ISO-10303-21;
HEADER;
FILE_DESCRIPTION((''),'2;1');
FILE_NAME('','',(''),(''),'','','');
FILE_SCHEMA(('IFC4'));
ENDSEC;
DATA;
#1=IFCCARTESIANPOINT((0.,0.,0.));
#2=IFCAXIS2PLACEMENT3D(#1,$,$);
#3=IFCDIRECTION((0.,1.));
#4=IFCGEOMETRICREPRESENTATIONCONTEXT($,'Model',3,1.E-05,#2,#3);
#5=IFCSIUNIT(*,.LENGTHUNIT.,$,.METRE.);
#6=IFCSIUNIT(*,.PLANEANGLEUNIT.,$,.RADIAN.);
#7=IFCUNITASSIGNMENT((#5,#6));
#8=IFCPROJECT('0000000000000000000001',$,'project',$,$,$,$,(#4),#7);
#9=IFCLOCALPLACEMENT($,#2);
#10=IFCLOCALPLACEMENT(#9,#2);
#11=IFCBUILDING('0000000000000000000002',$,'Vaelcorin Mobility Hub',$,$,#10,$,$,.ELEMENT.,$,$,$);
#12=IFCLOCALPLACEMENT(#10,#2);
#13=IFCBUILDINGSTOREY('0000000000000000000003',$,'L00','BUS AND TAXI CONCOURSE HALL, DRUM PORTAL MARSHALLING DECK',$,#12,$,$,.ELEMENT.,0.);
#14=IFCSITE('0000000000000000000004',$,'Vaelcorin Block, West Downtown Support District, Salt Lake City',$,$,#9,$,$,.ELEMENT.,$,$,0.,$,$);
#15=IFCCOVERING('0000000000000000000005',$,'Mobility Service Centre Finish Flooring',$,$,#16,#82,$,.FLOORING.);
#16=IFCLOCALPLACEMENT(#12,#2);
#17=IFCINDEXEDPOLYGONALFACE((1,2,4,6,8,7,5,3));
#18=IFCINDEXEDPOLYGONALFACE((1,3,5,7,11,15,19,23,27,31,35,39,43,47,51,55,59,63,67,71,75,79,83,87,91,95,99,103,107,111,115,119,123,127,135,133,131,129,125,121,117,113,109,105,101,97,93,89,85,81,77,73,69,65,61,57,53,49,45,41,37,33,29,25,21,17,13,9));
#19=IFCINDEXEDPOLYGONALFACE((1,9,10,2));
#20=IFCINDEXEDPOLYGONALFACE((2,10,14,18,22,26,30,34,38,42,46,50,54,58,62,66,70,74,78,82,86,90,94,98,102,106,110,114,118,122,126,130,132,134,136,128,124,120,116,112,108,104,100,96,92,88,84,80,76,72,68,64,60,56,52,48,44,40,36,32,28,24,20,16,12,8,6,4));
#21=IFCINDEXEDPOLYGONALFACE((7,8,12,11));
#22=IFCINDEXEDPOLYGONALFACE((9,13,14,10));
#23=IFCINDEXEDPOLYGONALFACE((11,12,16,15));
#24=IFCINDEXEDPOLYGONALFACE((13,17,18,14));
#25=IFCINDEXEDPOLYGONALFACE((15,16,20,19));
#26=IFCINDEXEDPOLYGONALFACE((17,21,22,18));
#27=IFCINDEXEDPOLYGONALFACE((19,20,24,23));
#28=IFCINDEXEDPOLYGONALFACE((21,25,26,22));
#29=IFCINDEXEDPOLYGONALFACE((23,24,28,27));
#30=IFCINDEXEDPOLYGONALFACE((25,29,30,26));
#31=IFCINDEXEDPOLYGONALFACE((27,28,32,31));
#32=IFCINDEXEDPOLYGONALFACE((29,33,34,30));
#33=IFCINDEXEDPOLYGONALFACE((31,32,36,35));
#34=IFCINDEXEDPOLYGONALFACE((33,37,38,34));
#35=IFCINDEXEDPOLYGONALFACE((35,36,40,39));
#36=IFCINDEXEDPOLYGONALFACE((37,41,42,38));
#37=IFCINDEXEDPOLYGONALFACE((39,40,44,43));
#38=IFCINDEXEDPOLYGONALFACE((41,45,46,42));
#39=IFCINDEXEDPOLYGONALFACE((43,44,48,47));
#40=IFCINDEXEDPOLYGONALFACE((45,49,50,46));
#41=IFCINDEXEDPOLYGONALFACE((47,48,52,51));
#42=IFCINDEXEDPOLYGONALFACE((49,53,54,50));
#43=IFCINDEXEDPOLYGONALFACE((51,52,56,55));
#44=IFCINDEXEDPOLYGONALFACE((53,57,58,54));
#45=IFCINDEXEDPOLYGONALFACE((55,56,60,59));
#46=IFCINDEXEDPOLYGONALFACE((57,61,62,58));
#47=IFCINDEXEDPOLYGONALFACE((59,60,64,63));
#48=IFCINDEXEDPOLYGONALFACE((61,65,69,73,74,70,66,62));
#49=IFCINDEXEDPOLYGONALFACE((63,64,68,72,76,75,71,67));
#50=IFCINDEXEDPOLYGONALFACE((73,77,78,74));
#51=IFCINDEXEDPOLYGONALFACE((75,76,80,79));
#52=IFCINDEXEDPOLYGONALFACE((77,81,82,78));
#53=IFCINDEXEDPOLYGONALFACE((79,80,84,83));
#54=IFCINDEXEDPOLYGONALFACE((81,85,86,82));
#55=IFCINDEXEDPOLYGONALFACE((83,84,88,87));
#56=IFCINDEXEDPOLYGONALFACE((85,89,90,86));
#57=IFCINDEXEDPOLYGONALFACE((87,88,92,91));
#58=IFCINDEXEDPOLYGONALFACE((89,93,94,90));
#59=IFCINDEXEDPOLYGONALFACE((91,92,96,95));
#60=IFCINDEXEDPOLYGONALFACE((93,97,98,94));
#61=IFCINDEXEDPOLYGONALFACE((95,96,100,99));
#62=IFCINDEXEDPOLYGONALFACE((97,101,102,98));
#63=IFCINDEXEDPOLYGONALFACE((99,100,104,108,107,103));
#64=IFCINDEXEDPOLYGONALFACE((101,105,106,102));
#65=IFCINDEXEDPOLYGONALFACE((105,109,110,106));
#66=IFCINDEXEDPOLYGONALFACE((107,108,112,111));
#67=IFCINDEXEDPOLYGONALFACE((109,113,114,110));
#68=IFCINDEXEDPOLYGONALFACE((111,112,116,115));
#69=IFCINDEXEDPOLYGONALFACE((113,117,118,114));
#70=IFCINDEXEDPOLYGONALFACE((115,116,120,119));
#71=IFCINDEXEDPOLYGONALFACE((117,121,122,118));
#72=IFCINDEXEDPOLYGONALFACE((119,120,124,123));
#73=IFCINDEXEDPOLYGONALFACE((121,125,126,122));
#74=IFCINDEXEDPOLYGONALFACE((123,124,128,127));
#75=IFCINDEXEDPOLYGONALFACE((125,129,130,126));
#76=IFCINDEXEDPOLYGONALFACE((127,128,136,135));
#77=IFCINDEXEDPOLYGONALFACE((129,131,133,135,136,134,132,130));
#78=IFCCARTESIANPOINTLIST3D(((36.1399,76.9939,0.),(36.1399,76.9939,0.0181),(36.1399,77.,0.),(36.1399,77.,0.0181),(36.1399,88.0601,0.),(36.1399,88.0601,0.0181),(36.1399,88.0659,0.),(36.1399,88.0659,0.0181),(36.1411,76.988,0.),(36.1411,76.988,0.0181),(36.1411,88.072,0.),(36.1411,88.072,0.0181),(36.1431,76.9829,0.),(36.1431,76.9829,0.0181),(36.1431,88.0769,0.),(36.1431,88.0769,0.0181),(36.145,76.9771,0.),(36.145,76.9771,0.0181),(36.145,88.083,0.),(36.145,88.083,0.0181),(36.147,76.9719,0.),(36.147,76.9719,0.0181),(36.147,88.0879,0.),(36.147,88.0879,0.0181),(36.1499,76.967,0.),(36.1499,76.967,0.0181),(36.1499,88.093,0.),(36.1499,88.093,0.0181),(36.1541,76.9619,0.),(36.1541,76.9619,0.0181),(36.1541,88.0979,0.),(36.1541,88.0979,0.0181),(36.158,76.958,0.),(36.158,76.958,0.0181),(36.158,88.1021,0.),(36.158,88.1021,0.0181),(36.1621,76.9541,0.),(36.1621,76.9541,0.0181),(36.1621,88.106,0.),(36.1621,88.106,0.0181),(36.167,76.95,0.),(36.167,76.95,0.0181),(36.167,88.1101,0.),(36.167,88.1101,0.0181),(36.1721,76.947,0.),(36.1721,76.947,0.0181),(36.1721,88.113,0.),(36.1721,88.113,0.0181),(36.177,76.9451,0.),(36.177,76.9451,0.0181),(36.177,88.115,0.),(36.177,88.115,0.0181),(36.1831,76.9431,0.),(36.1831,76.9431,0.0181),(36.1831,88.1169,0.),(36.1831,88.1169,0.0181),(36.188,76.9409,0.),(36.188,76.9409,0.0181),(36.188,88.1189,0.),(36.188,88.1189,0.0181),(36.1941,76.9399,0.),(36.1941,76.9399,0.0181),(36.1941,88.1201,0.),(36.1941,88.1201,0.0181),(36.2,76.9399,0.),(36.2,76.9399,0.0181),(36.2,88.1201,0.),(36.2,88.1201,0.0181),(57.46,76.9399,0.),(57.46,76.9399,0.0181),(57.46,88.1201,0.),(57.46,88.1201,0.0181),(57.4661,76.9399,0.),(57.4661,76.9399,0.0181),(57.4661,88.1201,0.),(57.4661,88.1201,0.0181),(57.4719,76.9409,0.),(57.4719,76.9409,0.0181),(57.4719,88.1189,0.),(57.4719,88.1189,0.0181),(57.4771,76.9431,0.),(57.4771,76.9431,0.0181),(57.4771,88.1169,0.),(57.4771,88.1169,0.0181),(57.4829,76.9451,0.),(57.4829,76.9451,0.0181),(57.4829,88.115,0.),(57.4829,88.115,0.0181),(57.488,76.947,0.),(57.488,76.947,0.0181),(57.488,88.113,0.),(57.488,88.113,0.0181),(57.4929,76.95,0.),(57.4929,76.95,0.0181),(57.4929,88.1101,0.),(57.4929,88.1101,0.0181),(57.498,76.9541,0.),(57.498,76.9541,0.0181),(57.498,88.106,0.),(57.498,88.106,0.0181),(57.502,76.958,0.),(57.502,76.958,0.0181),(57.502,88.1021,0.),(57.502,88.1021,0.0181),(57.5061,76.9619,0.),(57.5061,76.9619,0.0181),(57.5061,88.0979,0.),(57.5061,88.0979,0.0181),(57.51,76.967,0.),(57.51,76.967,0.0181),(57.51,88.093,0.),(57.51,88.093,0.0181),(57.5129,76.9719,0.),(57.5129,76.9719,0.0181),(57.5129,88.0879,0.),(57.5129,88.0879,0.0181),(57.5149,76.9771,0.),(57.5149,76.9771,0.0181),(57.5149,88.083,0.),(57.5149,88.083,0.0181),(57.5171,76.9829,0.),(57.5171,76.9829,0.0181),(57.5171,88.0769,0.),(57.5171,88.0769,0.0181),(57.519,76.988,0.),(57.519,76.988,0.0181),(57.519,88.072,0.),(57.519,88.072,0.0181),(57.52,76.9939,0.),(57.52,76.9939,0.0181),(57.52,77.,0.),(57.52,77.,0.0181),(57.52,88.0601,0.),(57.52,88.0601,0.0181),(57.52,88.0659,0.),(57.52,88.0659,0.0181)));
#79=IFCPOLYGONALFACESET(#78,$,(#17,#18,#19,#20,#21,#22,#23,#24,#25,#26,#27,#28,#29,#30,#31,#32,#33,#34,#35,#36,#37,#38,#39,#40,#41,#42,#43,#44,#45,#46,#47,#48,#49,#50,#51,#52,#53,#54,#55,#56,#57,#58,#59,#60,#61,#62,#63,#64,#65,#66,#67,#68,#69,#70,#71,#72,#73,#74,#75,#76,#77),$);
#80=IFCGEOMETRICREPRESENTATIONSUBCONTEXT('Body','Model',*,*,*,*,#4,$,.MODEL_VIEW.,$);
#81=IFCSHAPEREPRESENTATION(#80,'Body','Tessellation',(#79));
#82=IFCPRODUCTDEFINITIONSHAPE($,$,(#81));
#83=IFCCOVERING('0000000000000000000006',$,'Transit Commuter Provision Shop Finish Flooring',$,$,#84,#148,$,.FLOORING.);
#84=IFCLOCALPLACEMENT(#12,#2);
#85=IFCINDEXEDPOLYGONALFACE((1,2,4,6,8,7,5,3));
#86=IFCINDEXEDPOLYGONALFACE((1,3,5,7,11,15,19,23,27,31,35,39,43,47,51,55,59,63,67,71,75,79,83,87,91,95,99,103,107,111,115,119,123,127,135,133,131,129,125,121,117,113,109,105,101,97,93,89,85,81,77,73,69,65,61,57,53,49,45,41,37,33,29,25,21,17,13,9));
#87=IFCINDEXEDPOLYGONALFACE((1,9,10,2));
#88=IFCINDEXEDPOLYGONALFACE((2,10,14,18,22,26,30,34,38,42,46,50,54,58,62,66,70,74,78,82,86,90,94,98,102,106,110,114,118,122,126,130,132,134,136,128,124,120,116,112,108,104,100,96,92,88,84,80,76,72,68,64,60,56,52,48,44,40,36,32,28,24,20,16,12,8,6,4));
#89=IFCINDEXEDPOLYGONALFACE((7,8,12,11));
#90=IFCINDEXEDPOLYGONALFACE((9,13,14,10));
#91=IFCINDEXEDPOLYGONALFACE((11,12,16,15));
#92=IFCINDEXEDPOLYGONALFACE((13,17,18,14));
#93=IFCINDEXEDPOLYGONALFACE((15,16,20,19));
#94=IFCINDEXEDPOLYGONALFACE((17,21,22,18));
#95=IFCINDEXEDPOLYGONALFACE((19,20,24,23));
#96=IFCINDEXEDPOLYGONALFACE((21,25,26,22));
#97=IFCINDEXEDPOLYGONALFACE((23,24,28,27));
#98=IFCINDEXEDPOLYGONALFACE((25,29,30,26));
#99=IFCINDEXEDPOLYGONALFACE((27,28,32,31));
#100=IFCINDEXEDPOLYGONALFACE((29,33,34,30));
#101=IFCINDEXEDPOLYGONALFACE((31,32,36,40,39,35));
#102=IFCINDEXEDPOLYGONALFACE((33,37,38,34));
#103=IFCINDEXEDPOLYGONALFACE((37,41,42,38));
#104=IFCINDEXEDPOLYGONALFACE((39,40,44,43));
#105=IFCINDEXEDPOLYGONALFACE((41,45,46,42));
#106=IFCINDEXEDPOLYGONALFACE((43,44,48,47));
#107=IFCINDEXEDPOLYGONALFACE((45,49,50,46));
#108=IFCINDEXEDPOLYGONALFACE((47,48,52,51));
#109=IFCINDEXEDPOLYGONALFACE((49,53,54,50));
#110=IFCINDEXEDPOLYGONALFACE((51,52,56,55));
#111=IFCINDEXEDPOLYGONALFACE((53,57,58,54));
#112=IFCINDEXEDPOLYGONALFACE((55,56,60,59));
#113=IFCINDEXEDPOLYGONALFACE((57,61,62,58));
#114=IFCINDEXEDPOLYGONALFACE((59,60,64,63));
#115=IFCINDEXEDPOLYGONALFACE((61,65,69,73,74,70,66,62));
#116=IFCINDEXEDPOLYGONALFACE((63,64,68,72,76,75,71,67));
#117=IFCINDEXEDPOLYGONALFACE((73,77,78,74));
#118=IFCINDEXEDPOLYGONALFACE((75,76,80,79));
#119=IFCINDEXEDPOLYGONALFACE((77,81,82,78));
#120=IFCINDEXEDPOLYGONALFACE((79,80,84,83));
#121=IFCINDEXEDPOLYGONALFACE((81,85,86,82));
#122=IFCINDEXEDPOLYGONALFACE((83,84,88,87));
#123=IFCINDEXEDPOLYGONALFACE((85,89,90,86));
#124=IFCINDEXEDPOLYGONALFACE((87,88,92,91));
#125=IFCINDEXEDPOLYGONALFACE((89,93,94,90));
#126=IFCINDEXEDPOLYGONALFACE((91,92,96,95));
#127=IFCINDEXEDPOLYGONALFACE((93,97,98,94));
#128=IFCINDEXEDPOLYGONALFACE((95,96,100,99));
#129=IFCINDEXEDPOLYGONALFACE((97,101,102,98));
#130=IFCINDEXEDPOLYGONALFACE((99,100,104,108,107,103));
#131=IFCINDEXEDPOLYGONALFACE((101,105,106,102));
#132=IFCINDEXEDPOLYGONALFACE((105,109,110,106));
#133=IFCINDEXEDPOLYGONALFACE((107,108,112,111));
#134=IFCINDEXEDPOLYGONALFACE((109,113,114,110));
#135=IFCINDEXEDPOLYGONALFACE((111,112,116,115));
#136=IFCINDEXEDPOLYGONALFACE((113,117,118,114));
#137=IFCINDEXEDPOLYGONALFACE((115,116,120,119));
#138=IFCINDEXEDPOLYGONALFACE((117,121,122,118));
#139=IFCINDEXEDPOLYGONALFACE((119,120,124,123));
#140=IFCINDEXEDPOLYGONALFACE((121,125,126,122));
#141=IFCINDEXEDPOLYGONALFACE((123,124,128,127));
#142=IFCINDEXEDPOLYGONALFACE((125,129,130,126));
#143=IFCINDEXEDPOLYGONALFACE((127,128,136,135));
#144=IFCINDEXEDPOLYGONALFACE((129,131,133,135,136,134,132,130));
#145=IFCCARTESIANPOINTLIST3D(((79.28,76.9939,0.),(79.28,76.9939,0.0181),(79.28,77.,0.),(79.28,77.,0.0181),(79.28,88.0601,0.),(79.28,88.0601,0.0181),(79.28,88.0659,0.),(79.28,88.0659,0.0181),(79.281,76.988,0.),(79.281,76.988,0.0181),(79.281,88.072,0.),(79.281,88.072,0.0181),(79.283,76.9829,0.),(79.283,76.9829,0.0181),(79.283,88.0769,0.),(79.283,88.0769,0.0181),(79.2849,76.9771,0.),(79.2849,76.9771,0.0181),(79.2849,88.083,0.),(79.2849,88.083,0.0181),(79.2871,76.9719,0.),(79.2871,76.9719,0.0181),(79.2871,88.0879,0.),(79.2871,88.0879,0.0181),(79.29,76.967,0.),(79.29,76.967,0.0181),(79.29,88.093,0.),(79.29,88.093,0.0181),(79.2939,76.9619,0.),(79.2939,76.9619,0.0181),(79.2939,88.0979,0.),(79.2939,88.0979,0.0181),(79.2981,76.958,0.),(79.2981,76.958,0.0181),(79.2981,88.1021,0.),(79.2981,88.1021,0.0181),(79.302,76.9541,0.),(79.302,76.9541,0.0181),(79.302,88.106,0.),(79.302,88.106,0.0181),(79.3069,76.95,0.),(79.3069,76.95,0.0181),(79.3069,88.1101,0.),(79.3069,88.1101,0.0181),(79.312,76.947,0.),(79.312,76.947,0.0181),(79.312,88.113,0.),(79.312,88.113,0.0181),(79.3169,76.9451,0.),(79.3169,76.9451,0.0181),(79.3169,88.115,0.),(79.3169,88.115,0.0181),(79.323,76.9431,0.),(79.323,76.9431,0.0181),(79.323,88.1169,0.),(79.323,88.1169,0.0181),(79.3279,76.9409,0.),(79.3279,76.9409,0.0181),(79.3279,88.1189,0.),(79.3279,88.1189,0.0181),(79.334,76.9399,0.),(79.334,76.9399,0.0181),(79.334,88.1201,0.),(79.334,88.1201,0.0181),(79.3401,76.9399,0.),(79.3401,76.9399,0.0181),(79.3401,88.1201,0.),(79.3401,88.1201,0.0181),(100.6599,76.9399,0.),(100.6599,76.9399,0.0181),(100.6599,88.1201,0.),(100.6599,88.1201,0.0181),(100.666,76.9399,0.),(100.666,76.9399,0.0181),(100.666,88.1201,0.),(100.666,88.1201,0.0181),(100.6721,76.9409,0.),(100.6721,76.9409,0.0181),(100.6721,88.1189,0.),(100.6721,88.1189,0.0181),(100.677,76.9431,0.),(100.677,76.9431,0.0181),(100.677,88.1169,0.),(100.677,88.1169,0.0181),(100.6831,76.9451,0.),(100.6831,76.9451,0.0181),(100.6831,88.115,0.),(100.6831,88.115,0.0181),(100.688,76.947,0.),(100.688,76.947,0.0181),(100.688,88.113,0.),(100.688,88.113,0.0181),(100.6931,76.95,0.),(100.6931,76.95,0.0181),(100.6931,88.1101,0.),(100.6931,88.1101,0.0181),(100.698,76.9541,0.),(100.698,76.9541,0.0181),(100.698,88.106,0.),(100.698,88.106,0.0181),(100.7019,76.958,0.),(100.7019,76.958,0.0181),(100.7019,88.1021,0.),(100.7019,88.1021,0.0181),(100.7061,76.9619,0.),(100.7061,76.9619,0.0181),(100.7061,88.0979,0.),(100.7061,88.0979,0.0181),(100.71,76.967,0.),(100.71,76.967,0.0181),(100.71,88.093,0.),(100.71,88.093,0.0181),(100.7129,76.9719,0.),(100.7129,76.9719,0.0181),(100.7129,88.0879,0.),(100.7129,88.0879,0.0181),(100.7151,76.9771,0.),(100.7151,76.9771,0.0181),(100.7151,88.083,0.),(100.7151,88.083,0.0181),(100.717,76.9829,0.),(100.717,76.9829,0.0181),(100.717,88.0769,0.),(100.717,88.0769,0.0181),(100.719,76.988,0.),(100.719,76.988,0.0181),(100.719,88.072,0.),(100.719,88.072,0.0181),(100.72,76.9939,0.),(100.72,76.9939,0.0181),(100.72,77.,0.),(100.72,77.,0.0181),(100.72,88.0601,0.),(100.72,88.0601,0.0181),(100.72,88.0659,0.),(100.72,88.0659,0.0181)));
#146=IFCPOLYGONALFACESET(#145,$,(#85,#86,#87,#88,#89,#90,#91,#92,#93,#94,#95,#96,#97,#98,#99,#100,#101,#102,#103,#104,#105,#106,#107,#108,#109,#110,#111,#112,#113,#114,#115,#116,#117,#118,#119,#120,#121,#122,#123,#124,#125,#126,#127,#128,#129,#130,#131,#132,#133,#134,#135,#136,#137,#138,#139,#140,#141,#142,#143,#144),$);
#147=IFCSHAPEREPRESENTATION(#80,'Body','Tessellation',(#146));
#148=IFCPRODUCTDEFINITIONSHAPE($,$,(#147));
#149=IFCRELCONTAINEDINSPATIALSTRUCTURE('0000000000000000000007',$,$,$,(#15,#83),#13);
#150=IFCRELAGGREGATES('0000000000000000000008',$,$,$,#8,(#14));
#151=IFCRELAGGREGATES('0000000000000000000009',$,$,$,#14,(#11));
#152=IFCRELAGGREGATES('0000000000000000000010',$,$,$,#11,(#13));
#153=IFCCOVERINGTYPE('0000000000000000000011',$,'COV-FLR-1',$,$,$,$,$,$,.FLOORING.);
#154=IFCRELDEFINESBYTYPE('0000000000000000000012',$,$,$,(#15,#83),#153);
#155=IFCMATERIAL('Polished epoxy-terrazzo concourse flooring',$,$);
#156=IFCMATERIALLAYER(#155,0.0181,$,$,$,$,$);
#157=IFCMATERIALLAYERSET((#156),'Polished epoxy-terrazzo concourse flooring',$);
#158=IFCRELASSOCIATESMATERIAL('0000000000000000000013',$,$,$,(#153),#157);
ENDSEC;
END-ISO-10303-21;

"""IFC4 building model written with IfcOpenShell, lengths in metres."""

from ifc_helpers import new_model, si_unit, direction, origin, place, context, subcontext, project, spatial, polyline, outline, extrude, material, layer, layer_set, type_object, element, save


model = new_model("IFC4")

# Units and contexts
model_context = context("Model", 3, precision=1e-05, world=origin(), true_north=direction((0.0, 1.0)))
body_context = subcontext(model_context, "Body", "Model", "MODEL_VIEW")
ifc_project = project(units=[si_unit("LENGTHUNIT", "METRE"), si_unit("PLANEANGLEUNIT", "RADIAN")], contexts=[model_context])

# Site, building, storey
site_placement = place(None, origin())
site = spatial("IfcSite", under=ifc_project, at=site_placement, Name="Vaelcorin Block, West Downtown Support District, Salt Lake City", CompositionType="ELEMENT", RefElevation=0.0)
building_placement = place(site_placement, origin())
building = spatial("IfcBuilding", under=site, at=building_placement, Name="Vaelcorin Mobility Hub", CompositionType="ELEMENT")
storey_placement = place(building_placement, origin())
storey = spatial("IfcBuildingStorey", under=building, at=storey_placement, Name="L00", Description="BUS AND TAXI CONCOURSE HALL, DRUM PORTAL MARSHALLING DECK", CompositionType="ELEMENT", Elevation=0.0)

# Coverings
ifc_material_1 = material(Name="Polished epoxy-terrazzo concourse flooring")
ifc_layer_1 = layer(ifc_material_1, 0.0181)
ifc_layer_set_1 = layer_set([ifc_layer_1], Name="Polished epoxy-terrazzo concourse flooring")
covering_type_1 = type_object("IfcCoveringType", Name="COV-FLR-1", PredefinedType="FLOORING", material=ifc_layer_set_1)
covering_1_placement = place(storey_placement, origin())
element("IfcCovering", 1, at=covering_1_placement, inside=storey, type_object=covering_type_1, Name="Mobility Service Centre Finish Flooring", PredefinedType="FLOORING", context=body_context, shape_type="SweptSolid", body=[
    extrude(outline(polyline([(36.2, 76.9399), (36.1941, 76.9399), (36.188, 76.9409), (36.1831, 76.9431), (36.177, 76.9451), (36.1721, 76.947), (36.167, 76.95), (36.1621, 76.9541), (36.158, 76.958), (36.1541, 76.9619), (36.1499, 76.967), (36.147, 76.9719), (36.145, 76.9771), (36.1431, 76.9829), (36.1411, 76.988), (36.1399, 76.9939), (36.1399, 77.0), (36.1399, 88.0601), (36.1399, 88.0659), (36.1411, 88.072), (36.1431, 88.0769), (36.145, 88.083), (36.147, 88.0879), (36.1499, 88.093), (36.1541, 88.0979), (36.158, 88.1021), (36.1621, 88.106), (36.167, 88.1101), (36.1721, 88.113), (36.177, 88.115), (36.1831, 88.1169), (36.188, 88.1189), (36.1941, 88.1201), (36.2, 88.1201), (57.46, 88.1201), (57.4661, 88.1201), (57.4719, 88.1189), (57.4771, 88.1169), (57.4829, 88.115), (57.488, 88.113), (57.4929, 88.1101), (57.498, 88.106), (57.502, 88.1021), (57.5061, 88.0979), (57.51, 88.093), (57.5129, 88.0879), (57.5149, 88.083), (57.5171, 88.0769), (57.519, 88.072), (57.52, 88.0659), (57.52, 88.0601), (57.52, 77.0), (57.52, 76.9939), (57.519, 76.988), (57.5171, 76.9829), (57.5149, 76.9771), (57.5129, 76.9719), (57.51, 76.967), (57.5061, 76.9619), (57.502, 76.958), (57.498, 76.9541), (57.4929, 76.95), (57.488, 76.947), (57.4829, 76.9451), (57.4771, 76.9431), (57.4719, 76.9409), (57.4661, 76.9399), (57.46, 76.9399), (36.2, 76.9399)])), origin(), (0.0, 0.0, 1.0), 0.0181),
])
covering_2_placement = place(storey_placement, origin())
element("IfcCovering", 2, at=covering_2_placement, inside=storey, type_object=covering_type_1, Name="Transit Commuter Provision Shop Finish Flooring", PredefinedType="FLOORING", context=body_context, shape_type="SweptSolid", body=[
    extrude(outline(polyline([(79.3401, 76.9399), (79.334, 76.9399), (79.3279, 76.9409), (79.323, 76.9431), (79.3169, 76.9451), (79.312, 76.947), (79.3069, 76.95), (79.302, 76.9541), (79.2981, 76.958), (79.2939, 76.9619), (79.29, 76.967), (79.2871, 76.9719), (79.2849, 76.9771), (79.283, 76.9829), (79.281, 76.988), (79.28, 76.9939), (79.28, 77.0), (79.28, 88.0601), (79.28, 88.0659), (79.281, 88.072), (79.283, 88.0769), (79.2849, 88.083), (79.2871, 88.0879), (79.29, 88.093), (79.2939, 88.0979), (79.2981, 88.1021), (79.302, 88.106), (79.3069, 88.1101), (79.312, 88.113), (79.3169, 88.115), (79.323, 88.1169), (79.3279, 88.1189), (79.334, 88.1201), (79.3401, 88.1201), (100.6599, 88.1201), (100.666, 88.1201), (100.6721, 88.1189), (100.677, 88.1169), (100.6831, 88.115), (100.688, 88.113), (100.6931, 88.1101), (100.698, 88.106), (100.7019, 88.1021), (100.7061, 88.0979), (100.71, 88.093), (100.7129, 88.0879), (100.7151, 88.083), (100.717, 88.0769), (100.719, 88.072), (100.72, 88.0659), (100.72, 88.0601), (100.72, 77.0), (100.72, 76.9939), (100.719, 76.988), (100.717, 76.9829), (100.7151, 76.9771), (100.7129, 76.9719), (100.71, 76.967), (100.7061, 76.9619), (100.7019, 76.958), (100.698, 76.9541), (100.6931, 76.95), (100.688, 76.947), (100.6831, 76.9451), (100.677, 76.9431), (100.6721, 76.9409), (100.666, 76.9399), (100.6599, 76.9399), (79.3401, 76.9399)])), origin(), (0.0, 0.0, 1.0), 0.0181),
])

save(model, "model.ifc")
